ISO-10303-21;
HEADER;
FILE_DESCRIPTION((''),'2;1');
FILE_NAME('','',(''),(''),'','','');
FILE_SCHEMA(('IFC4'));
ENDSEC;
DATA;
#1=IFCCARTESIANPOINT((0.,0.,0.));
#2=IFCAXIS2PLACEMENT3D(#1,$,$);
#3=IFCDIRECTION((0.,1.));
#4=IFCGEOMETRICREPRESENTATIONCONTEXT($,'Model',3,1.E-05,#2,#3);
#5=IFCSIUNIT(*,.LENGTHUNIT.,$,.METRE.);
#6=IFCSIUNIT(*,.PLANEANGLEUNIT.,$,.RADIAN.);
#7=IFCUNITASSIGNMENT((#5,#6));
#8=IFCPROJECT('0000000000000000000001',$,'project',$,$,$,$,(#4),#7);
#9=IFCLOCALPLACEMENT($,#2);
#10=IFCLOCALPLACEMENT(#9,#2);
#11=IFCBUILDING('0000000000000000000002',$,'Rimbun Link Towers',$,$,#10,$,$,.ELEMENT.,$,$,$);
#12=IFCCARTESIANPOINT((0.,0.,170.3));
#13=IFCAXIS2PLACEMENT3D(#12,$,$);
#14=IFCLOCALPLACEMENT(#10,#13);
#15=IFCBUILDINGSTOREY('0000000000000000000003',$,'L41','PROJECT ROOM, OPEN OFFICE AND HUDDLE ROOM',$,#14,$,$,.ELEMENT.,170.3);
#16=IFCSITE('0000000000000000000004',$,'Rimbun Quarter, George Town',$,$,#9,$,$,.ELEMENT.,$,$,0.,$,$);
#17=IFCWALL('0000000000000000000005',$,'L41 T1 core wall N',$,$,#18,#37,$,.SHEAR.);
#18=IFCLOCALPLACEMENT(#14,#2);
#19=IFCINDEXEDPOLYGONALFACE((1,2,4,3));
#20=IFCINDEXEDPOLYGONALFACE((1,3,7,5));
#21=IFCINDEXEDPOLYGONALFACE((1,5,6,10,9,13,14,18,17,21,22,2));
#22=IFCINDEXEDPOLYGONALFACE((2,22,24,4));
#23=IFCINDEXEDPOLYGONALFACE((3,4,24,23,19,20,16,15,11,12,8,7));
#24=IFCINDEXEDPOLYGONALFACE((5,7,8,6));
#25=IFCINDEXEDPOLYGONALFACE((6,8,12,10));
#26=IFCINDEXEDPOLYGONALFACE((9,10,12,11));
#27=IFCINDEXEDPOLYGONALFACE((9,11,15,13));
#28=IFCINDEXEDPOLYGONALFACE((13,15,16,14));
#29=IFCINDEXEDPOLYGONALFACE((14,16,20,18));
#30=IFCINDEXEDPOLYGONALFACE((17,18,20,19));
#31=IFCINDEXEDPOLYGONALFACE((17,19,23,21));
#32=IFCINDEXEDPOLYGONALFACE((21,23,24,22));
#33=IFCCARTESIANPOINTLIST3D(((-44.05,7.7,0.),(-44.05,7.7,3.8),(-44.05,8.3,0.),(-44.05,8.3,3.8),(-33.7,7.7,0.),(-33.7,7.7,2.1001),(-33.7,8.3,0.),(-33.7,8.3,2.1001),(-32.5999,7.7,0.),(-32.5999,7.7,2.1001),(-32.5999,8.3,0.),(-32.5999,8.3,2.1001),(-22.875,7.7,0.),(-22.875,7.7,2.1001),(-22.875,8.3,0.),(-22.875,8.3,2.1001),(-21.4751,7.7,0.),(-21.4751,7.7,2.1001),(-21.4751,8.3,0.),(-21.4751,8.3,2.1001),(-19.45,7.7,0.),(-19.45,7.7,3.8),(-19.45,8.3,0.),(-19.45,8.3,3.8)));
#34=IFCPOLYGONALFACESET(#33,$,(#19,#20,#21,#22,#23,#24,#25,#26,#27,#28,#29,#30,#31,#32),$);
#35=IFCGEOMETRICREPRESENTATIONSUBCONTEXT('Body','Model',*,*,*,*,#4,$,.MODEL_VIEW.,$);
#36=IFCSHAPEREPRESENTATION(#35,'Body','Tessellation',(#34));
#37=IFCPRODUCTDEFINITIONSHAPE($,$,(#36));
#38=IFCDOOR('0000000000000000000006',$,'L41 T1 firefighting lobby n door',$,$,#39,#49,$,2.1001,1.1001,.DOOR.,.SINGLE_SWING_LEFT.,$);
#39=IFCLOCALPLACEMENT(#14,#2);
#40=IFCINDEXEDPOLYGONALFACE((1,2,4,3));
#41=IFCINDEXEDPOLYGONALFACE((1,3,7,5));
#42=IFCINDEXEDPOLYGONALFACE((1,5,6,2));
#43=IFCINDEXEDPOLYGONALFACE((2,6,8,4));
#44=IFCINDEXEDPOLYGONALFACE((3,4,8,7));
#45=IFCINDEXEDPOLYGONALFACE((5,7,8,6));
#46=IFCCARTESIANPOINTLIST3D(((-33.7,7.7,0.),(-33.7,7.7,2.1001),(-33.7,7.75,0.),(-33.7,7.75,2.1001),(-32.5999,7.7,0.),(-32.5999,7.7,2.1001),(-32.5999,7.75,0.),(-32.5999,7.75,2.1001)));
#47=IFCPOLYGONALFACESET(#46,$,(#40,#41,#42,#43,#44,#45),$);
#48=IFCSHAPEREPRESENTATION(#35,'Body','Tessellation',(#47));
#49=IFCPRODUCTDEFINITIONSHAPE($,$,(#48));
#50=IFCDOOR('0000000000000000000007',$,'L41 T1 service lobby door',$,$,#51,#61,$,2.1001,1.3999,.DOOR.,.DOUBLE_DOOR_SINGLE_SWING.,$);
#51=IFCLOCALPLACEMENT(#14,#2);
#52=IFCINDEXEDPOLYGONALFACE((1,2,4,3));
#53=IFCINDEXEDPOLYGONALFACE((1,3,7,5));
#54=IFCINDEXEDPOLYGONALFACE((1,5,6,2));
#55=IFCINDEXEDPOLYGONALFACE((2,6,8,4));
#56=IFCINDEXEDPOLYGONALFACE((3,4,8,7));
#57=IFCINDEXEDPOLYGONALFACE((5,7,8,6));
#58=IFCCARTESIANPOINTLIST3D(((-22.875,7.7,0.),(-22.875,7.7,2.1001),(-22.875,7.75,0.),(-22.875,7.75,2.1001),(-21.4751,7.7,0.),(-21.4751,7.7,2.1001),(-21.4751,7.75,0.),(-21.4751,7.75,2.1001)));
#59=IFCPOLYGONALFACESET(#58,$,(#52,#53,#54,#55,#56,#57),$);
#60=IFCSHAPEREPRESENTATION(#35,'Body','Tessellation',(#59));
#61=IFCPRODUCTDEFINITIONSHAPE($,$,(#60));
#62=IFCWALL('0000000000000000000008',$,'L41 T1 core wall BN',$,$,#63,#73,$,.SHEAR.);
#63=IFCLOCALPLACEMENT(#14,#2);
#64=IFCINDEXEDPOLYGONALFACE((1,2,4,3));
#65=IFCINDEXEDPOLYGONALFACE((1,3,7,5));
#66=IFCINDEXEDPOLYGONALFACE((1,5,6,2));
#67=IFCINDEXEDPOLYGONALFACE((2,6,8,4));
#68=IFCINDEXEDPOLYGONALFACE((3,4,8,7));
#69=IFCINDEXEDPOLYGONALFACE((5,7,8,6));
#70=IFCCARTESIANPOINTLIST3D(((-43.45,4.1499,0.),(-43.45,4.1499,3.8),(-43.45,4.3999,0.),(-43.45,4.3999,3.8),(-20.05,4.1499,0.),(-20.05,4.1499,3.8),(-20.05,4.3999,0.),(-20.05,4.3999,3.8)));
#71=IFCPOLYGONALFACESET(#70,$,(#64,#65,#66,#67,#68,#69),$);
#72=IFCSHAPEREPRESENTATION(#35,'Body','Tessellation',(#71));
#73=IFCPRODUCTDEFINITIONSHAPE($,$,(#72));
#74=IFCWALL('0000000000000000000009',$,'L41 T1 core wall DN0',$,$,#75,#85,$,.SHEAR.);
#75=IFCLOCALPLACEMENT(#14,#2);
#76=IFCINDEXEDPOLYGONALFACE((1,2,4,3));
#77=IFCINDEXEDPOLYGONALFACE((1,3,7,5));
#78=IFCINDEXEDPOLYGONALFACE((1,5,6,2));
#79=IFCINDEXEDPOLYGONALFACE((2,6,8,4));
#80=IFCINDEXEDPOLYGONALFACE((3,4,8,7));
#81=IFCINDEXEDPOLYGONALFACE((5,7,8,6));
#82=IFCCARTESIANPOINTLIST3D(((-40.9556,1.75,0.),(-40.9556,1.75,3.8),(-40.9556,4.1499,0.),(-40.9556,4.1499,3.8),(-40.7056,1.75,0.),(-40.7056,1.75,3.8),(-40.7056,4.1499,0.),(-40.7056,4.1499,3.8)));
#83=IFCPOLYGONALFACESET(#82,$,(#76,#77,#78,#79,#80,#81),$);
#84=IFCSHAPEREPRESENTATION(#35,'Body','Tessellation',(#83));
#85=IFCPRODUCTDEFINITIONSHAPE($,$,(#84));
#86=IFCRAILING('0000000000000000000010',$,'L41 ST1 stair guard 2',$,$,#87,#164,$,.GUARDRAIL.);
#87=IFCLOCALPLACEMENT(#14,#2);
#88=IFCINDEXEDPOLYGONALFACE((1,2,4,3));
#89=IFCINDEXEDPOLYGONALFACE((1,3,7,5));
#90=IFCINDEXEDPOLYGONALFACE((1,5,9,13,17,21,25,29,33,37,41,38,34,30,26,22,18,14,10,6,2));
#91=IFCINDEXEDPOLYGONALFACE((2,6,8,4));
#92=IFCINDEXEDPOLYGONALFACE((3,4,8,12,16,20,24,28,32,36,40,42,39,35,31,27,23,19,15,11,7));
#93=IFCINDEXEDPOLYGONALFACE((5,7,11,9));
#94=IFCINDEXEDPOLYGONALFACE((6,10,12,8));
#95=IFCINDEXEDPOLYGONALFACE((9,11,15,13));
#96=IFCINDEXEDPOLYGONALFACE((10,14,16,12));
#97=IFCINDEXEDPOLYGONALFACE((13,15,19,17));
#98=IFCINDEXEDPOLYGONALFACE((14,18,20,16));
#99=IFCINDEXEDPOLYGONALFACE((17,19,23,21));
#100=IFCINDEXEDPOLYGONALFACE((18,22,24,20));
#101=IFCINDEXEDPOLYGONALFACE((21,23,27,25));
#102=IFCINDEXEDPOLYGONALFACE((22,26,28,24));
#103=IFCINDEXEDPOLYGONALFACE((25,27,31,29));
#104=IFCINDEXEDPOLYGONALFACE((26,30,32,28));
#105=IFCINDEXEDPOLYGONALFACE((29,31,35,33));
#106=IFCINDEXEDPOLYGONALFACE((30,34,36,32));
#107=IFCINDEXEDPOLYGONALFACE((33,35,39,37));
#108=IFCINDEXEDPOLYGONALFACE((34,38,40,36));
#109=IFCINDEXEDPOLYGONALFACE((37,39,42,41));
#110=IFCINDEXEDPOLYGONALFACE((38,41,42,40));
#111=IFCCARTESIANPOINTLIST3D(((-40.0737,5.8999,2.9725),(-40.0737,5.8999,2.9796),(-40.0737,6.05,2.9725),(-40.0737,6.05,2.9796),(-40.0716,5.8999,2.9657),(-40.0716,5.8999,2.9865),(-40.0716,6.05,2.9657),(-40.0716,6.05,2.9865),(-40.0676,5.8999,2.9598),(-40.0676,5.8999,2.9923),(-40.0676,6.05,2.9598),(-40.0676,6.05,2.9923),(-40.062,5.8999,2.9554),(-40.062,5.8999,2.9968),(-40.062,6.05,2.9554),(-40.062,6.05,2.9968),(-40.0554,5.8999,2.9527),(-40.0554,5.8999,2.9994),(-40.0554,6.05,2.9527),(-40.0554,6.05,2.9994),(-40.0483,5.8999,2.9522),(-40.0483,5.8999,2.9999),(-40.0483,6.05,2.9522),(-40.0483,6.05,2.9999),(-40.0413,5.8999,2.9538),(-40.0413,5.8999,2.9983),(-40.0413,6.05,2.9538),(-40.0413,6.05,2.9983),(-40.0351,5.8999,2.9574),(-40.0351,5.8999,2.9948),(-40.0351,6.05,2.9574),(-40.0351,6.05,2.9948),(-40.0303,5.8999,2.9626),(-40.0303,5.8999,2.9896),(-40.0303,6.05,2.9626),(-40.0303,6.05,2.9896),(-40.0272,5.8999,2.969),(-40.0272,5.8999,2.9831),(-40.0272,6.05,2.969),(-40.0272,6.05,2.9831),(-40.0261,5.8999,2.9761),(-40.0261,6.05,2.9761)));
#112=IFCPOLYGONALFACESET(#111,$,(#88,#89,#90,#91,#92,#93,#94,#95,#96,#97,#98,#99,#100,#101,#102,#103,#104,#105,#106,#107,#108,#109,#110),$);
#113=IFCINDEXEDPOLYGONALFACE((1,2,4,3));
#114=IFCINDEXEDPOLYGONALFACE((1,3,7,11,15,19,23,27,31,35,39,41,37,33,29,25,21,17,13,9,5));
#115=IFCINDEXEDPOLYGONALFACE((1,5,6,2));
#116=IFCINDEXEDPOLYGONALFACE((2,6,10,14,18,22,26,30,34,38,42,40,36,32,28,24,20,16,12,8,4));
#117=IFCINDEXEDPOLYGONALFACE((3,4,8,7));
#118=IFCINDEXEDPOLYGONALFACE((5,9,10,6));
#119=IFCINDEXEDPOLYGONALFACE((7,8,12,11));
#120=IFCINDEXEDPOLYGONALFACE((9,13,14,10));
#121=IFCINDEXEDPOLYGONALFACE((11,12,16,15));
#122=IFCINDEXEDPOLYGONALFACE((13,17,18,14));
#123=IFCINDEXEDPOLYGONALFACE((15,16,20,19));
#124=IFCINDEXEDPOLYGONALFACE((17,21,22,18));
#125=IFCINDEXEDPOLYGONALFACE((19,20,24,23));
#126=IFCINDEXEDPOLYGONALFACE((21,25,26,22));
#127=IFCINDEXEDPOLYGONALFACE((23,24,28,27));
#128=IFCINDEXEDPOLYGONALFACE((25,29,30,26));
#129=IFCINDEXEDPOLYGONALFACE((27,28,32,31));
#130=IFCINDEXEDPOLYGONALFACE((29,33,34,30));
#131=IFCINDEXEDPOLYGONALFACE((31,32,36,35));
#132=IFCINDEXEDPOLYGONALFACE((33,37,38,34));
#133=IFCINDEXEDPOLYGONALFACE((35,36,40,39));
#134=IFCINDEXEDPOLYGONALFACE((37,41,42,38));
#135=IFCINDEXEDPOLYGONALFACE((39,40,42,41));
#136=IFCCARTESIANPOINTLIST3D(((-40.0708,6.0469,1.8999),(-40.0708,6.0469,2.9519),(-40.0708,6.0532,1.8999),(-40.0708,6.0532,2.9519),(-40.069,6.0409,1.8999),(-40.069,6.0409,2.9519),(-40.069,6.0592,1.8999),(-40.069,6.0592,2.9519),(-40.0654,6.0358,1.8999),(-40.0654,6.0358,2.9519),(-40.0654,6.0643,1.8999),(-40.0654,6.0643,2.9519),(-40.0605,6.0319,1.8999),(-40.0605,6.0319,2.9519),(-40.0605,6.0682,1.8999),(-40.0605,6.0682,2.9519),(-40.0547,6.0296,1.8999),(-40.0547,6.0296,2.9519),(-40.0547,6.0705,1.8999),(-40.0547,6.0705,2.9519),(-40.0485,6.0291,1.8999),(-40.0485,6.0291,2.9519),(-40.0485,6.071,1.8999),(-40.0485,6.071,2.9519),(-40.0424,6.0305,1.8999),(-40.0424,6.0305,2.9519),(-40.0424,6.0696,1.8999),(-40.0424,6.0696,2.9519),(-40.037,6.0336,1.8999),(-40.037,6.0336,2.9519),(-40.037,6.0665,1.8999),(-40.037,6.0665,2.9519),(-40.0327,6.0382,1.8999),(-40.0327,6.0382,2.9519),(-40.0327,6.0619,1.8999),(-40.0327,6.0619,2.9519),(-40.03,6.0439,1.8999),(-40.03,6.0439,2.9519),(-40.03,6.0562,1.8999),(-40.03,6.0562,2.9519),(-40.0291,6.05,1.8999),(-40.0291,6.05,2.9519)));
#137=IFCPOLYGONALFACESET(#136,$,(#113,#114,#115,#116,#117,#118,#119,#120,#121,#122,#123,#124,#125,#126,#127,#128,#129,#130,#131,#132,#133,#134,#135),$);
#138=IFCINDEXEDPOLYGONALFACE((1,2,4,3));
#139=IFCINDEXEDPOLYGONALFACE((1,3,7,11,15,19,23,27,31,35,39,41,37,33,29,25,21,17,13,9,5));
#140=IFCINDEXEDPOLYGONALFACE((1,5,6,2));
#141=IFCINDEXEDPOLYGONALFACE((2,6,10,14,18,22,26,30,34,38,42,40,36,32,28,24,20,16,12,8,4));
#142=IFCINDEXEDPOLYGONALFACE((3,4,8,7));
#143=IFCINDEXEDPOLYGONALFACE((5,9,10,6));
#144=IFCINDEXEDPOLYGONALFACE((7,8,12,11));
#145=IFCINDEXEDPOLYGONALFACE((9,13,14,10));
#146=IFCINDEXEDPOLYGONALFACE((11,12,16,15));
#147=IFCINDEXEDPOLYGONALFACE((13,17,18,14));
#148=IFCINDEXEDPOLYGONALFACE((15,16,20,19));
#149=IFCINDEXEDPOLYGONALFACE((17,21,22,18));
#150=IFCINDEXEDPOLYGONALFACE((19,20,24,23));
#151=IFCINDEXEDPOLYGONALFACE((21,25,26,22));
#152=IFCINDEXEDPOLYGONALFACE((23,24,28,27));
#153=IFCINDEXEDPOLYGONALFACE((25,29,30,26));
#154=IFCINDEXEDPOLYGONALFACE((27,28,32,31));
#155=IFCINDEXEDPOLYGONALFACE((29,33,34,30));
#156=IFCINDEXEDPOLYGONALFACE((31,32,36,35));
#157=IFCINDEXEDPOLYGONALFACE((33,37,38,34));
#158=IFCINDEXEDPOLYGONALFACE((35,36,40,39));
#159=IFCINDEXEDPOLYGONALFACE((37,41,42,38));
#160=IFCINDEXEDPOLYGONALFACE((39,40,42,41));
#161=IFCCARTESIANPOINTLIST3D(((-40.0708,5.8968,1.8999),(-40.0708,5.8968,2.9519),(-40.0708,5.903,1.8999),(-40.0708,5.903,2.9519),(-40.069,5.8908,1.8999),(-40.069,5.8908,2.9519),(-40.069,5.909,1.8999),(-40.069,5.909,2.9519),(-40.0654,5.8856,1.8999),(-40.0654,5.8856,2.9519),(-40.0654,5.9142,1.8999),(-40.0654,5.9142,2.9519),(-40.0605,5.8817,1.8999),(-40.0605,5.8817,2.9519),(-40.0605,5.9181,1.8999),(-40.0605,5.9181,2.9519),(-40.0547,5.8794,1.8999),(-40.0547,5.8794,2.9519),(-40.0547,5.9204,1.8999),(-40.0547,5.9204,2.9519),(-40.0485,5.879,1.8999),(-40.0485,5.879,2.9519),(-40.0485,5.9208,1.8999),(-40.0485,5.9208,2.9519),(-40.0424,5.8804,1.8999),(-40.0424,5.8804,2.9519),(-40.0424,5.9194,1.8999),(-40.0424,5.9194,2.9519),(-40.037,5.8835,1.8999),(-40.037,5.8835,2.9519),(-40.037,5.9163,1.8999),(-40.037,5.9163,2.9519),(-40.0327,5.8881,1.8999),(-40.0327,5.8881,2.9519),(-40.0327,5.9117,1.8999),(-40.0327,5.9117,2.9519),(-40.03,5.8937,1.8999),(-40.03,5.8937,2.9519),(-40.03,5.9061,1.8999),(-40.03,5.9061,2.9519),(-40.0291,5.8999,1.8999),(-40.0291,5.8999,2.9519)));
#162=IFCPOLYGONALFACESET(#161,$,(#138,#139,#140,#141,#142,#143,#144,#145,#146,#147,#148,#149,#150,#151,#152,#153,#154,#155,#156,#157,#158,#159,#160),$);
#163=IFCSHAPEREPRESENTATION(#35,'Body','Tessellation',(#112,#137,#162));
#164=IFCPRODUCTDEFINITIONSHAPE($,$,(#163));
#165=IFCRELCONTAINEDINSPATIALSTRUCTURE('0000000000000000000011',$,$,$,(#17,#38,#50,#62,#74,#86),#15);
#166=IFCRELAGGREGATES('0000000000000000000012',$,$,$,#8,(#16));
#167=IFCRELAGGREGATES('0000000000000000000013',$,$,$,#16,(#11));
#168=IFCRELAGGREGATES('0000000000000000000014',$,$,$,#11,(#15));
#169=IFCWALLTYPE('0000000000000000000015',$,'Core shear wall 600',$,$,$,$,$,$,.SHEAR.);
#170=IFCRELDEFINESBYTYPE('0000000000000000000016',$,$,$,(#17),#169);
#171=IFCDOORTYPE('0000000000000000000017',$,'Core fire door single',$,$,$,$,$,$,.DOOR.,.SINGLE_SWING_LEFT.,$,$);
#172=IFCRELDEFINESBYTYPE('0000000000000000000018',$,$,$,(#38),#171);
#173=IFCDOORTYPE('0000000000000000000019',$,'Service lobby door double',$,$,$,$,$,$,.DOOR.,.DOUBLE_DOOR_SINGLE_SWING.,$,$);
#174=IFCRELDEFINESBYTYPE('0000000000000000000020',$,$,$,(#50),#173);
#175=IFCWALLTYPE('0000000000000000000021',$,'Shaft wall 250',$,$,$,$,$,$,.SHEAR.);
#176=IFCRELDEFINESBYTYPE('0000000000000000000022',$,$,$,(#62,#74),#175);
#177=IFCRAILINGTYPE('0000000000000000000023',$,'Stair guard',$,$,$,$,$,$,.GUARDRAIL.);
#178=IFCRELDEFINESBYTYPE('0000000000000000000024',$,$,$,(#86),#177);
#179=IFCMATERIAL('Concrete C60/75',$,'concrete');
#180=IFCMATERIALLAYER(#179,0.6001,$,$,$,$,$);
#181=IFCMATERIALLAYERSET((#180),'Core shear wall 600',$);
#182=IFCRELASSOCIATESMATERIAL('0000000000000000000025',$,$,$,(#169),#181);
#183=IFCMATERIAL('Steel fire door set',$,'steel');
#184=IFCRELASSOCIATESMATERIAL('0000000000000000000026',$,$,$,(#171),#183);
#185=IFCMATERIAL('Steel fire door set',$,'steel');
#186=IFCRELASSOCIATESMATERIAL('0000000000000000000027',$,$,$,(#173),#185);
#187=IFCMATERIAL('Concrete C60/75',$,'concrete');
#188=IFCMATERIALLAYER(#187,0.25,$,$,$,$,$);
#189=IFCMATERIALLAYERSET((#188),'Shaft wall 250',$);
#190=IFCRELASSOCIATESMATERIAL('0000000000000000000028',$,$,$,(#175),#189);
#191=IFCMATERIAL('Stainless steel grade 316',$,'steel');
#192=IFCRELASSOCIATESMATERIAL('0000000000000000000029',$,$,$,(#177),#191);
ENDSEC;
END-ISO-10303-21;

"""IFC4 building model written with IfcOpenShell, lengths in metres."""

from ifc_helpers import new_model, si_unit, direction, frame, frame_2d, origin, origin_2d, place, context, subcontext, project, spatial, rectangle, circle, extrude, material, layer, layer_set, type_object, element, fill, save


model = new_model("IFC4")

# Units and contexts
model_context = context("Model", 3, precision=1e-05, world=origin(), true_north=direction((0.0, 1.0)))
body_context = subcontext(model_context, "Body", "Model", "MODEL_VIEW")
ifc_project = project(units=[si_unit("LENGTHUNIT", "METRE"), si_unit("PLANEANGLEUNIT", "RADIAN")], contexts=[model_context])

# Site, building, storey
site_placement = place(None, origin())
site = spatial("IfcSite", under=ifc_project, at=site_placement, Name="Rimbun Quarter, George Town", CompositionType="ELEMENT", RefElevation=0.0)
building_placement = place(site_placement, origin())
building = spatial("IfcBuilding", under=site, at=building_placement, Name="Rimbun Link Towers", CompositionType="ELEMENT")
storey_placement = place(building_placement, frame((0.0, 0.0, 170.3)))
storey = spatial("IfcBuildingStorey", under=building, at=storey_placement, Name="L41", Description="PROJECT ROOM, OPEN OFFICE AND HUDDLE ROOM", CompositionType="ELEMENT", Elevation=170.3)

# Wall, openings, doors
ifc_material_1 = material(Name="Concrete C60/75", Category="concrete")
ifc_layer_1 = layer(ifc_material_1, 0.6001)
ifc_layer_set_1 = layer_set([ifc_layer_1], Name="Core shear wall 600")
wall_type_1 = type_object("IfcWallType", Name="Core shear wall 600", PredefinedType="SHEAR", material=ifc_layer_set_1)
wall_1_placement = place(storey_placement, frame((-44.05, 8.0, 0.0), z_axis=(0.0, 0.0, 1.0), x_axis=(1.0, 0.0, 0.0)))
wall_1 = element("IfcWall", 1, at=wall_1_placement, inside=storey, type_object=wall_type_1, Name="L41 T1 core wall N", PredefinedType="SHEAR", context=body_context, shape_type="SweptSolid", body=[
    extrude(rectangle(XDim=24.6001, YDim=0.6001, at=frame_2d((12.3, 0.0))), origin(), (0.0, 0.0, 1.0), 3.8),
])
opening_1_placement = place(wall_1_placement, frame((10.3501, 0.0, 0.0)))
opening_1 = element("IfcOpeningElement", 2, at=opening_1_placement, cuts=wall_1, PredefinedType="OPENING", context=body_context, shape_type="SweptSolid", body=[
    extrude(rectangle(XDim=1.1001, YDim=2.1001, at=frame_2d((0.55, 1.05))), frame((0.0, 0.3101, 0.0), z_axis=(0.0, -1.0, 0.0), x_axis=(1.0, 0.0, 0.0)), (0.0, 0.0, 1.0), 0.6201),
])
opening_2_placement = place(wall_1_placement, frame((21.175, 0.0, 0.0)))
opening_2 = element("IfcOpeningElement", 3, at=opening_2_placement, cuts=wall_1, PredefinedType="OPENING", context=body_context, shape_type="SweptSolid", body=[
    extrude(rectangle(XDim=1.3999, YDim=2.1001, at=frame_2d((0.7, 1.05))), frame((0.0, 0.3101, 0.0), z_axis=(0.0, -1.0, 0.0), x_axis=(1.0, 0.0, 0.0)), (0.0, 0.0, 1.0), 0.6201),
])
ifc_material_2 = material(Name="Steel fire door set", Category="steel")
door_type_1 = type_object("IfcDoorType", Name="Core fire door single", OperationType="SINGLE_SWING_LEFT", PredefinedType="DOOR", material=ifc_material_2)
door_1_placement = place(opening_1_placement, origin())
door_1 = element("IfcDoor", 4, at=door_1_placement, inside=storey, type_object=door_type_1, Name="L41 T1 firefighting lobby n door", OperationType="SINGLE_SWING_LEFT", OverallHeight=2.1001, OverallWidth=1.1001, PredefinedType="DOOR", context=body_context, shape_type="SweptSolid", body=[
    extrude(rectangle(XDim=1.1001, YDim=2.1001, at=frame_2d((0.55, 1.05))), frame((0.0, -0.25, 0.0), z_axis=(0.0, -1.0, 0.0), x_axis=(1.0, 0.0, 0.0)), (0.0, 0.0, 1.0), 0.05),
])
fill(opening_1, door_1)
ifc_material_3 = material(Name="Steel fire door set", Category="steel")
door_type_2 = type_object("IfcDoorType", Name="Service lobby door double", OperationType="DOUBLE_DOOR_SINGLE_SWING", PredefinedType="DOOR", material=ifc_material_3)
door_2_placement = place(opening_2_placement, origin())
door_2 = element("IfcDoor", 5, at=door_2_placement, inside=storey, type_object=door_type_2, Name="L41 T1 service lobby door", OperationType="DOUBLE_DOOR_SINGLE_SWING", OverallHeight=2.1001, OverallWidth=1.3999, PredefinedType="DOOR", context=body_context, shape_type="SweptSolid", body=[
    extrude(rectangle(XDim=1.3999, YDim=2.1001, at=frame_2d((0.7, 1.05))), frame((0.0, -0.25, 0.0), z_axis=(0.0, -1.0, 0.0), x_axis=(1.0, 0.0, 0.0)), (0.0, 0.0, 1.0), 0.05),
])
fill(opening_2, door_2)

# Walls
ifc_material_4 = material(Name="Concrete C60/75", Category="concrete")
ifc_layer_2 = layer(ifc_material_4, 0.25)
ifc_layer_set_2 = layer_set([ifc_layer_2], Name="Shaft wall 250")
wall_type_2 = type_object("IfcWallType", Name="Shaft wall 250", PredefinedType="SHEAR", material=ifc_layer_set_2)
wall_2_placement = place(storey_placement, frame((-43.45, 4.2749, 0.0), z_axis=(0.0, 0.0, 1.0), x_axis=(1.0, 0.0, 0.0)))
element("IfcWall", 6, at=wall_2_placement, inside=storey, type_object=wall_type_2, Name="L41 T1 core wall BN", PredefinedType="SHEAR", context=body_context, shape_type="SweptSolid", body=[
    extrude(rectangle(XDim=23.3999, YDim=0.25, at=frame_2d((11.7, 0.0))), origin(), (0.0, 0.0, 1.0), 3.8),
])
wall_3_placement = place(storey_placement, frame((-40.8306, 1.75, 0.0), z_axis=(0.0, 0.0, 1.0), x_axis=(0.0, 1.0, 0.0)))
element("IfcWall", 7, at=wall_3_placement, inside=storey, type_object=wall_type_2, Name="L41 T1 core wall DN0", PredefinedType="SHEAR", context=body_context, shape_type="SweptSolid", body=[
    extrude(rectangle(XDim=2.3999, YDim=0.25, at=frame_2d((1.2, 0.0))), origin(), (0.0, 0.0, 1.0), 3.8),
])

# Railing
ifc_material_5 = material(Name="Stainless steel grade 316", Category="steel")
railing_type = type_object("IfcRailingType", Name="Stair guard", PredefinedType="GUARDRAIL", material=ifc_material_5)
railing_placement = place(storey_placement, frame((-40.05, 6.05, 1.8999)))
element("IfcRailing", 8, at=railing_placement, inside=storey, type_object=railing_type, Name="L41 ST1 stair guard 2", PredefinedType="GUARDRAIL", context=body_context, shape_type="SweptSolid", body=[
    extrude(circle(Radius=0.0239, at=origin_2d()), frame((0.0, 0.0, 1.0762), z_axis=(0.0, -1.0, 0.0), x_axis=(1.0, 0.0, 0.0)), (0.0, 0.0, 1.0), 0.1501),
    extrude(circle(Radius=0.021, at=origin_2d()), origin(), (0.0, 0.0, 1.0), 1.052),
    extrude(circle(Radius=0.021, at=origin_2d()), frame((0.0, -0.1501, 0.0)), (0.0, 0.0, 1.0), 1.052),
])

save(model, "model.ifc")
